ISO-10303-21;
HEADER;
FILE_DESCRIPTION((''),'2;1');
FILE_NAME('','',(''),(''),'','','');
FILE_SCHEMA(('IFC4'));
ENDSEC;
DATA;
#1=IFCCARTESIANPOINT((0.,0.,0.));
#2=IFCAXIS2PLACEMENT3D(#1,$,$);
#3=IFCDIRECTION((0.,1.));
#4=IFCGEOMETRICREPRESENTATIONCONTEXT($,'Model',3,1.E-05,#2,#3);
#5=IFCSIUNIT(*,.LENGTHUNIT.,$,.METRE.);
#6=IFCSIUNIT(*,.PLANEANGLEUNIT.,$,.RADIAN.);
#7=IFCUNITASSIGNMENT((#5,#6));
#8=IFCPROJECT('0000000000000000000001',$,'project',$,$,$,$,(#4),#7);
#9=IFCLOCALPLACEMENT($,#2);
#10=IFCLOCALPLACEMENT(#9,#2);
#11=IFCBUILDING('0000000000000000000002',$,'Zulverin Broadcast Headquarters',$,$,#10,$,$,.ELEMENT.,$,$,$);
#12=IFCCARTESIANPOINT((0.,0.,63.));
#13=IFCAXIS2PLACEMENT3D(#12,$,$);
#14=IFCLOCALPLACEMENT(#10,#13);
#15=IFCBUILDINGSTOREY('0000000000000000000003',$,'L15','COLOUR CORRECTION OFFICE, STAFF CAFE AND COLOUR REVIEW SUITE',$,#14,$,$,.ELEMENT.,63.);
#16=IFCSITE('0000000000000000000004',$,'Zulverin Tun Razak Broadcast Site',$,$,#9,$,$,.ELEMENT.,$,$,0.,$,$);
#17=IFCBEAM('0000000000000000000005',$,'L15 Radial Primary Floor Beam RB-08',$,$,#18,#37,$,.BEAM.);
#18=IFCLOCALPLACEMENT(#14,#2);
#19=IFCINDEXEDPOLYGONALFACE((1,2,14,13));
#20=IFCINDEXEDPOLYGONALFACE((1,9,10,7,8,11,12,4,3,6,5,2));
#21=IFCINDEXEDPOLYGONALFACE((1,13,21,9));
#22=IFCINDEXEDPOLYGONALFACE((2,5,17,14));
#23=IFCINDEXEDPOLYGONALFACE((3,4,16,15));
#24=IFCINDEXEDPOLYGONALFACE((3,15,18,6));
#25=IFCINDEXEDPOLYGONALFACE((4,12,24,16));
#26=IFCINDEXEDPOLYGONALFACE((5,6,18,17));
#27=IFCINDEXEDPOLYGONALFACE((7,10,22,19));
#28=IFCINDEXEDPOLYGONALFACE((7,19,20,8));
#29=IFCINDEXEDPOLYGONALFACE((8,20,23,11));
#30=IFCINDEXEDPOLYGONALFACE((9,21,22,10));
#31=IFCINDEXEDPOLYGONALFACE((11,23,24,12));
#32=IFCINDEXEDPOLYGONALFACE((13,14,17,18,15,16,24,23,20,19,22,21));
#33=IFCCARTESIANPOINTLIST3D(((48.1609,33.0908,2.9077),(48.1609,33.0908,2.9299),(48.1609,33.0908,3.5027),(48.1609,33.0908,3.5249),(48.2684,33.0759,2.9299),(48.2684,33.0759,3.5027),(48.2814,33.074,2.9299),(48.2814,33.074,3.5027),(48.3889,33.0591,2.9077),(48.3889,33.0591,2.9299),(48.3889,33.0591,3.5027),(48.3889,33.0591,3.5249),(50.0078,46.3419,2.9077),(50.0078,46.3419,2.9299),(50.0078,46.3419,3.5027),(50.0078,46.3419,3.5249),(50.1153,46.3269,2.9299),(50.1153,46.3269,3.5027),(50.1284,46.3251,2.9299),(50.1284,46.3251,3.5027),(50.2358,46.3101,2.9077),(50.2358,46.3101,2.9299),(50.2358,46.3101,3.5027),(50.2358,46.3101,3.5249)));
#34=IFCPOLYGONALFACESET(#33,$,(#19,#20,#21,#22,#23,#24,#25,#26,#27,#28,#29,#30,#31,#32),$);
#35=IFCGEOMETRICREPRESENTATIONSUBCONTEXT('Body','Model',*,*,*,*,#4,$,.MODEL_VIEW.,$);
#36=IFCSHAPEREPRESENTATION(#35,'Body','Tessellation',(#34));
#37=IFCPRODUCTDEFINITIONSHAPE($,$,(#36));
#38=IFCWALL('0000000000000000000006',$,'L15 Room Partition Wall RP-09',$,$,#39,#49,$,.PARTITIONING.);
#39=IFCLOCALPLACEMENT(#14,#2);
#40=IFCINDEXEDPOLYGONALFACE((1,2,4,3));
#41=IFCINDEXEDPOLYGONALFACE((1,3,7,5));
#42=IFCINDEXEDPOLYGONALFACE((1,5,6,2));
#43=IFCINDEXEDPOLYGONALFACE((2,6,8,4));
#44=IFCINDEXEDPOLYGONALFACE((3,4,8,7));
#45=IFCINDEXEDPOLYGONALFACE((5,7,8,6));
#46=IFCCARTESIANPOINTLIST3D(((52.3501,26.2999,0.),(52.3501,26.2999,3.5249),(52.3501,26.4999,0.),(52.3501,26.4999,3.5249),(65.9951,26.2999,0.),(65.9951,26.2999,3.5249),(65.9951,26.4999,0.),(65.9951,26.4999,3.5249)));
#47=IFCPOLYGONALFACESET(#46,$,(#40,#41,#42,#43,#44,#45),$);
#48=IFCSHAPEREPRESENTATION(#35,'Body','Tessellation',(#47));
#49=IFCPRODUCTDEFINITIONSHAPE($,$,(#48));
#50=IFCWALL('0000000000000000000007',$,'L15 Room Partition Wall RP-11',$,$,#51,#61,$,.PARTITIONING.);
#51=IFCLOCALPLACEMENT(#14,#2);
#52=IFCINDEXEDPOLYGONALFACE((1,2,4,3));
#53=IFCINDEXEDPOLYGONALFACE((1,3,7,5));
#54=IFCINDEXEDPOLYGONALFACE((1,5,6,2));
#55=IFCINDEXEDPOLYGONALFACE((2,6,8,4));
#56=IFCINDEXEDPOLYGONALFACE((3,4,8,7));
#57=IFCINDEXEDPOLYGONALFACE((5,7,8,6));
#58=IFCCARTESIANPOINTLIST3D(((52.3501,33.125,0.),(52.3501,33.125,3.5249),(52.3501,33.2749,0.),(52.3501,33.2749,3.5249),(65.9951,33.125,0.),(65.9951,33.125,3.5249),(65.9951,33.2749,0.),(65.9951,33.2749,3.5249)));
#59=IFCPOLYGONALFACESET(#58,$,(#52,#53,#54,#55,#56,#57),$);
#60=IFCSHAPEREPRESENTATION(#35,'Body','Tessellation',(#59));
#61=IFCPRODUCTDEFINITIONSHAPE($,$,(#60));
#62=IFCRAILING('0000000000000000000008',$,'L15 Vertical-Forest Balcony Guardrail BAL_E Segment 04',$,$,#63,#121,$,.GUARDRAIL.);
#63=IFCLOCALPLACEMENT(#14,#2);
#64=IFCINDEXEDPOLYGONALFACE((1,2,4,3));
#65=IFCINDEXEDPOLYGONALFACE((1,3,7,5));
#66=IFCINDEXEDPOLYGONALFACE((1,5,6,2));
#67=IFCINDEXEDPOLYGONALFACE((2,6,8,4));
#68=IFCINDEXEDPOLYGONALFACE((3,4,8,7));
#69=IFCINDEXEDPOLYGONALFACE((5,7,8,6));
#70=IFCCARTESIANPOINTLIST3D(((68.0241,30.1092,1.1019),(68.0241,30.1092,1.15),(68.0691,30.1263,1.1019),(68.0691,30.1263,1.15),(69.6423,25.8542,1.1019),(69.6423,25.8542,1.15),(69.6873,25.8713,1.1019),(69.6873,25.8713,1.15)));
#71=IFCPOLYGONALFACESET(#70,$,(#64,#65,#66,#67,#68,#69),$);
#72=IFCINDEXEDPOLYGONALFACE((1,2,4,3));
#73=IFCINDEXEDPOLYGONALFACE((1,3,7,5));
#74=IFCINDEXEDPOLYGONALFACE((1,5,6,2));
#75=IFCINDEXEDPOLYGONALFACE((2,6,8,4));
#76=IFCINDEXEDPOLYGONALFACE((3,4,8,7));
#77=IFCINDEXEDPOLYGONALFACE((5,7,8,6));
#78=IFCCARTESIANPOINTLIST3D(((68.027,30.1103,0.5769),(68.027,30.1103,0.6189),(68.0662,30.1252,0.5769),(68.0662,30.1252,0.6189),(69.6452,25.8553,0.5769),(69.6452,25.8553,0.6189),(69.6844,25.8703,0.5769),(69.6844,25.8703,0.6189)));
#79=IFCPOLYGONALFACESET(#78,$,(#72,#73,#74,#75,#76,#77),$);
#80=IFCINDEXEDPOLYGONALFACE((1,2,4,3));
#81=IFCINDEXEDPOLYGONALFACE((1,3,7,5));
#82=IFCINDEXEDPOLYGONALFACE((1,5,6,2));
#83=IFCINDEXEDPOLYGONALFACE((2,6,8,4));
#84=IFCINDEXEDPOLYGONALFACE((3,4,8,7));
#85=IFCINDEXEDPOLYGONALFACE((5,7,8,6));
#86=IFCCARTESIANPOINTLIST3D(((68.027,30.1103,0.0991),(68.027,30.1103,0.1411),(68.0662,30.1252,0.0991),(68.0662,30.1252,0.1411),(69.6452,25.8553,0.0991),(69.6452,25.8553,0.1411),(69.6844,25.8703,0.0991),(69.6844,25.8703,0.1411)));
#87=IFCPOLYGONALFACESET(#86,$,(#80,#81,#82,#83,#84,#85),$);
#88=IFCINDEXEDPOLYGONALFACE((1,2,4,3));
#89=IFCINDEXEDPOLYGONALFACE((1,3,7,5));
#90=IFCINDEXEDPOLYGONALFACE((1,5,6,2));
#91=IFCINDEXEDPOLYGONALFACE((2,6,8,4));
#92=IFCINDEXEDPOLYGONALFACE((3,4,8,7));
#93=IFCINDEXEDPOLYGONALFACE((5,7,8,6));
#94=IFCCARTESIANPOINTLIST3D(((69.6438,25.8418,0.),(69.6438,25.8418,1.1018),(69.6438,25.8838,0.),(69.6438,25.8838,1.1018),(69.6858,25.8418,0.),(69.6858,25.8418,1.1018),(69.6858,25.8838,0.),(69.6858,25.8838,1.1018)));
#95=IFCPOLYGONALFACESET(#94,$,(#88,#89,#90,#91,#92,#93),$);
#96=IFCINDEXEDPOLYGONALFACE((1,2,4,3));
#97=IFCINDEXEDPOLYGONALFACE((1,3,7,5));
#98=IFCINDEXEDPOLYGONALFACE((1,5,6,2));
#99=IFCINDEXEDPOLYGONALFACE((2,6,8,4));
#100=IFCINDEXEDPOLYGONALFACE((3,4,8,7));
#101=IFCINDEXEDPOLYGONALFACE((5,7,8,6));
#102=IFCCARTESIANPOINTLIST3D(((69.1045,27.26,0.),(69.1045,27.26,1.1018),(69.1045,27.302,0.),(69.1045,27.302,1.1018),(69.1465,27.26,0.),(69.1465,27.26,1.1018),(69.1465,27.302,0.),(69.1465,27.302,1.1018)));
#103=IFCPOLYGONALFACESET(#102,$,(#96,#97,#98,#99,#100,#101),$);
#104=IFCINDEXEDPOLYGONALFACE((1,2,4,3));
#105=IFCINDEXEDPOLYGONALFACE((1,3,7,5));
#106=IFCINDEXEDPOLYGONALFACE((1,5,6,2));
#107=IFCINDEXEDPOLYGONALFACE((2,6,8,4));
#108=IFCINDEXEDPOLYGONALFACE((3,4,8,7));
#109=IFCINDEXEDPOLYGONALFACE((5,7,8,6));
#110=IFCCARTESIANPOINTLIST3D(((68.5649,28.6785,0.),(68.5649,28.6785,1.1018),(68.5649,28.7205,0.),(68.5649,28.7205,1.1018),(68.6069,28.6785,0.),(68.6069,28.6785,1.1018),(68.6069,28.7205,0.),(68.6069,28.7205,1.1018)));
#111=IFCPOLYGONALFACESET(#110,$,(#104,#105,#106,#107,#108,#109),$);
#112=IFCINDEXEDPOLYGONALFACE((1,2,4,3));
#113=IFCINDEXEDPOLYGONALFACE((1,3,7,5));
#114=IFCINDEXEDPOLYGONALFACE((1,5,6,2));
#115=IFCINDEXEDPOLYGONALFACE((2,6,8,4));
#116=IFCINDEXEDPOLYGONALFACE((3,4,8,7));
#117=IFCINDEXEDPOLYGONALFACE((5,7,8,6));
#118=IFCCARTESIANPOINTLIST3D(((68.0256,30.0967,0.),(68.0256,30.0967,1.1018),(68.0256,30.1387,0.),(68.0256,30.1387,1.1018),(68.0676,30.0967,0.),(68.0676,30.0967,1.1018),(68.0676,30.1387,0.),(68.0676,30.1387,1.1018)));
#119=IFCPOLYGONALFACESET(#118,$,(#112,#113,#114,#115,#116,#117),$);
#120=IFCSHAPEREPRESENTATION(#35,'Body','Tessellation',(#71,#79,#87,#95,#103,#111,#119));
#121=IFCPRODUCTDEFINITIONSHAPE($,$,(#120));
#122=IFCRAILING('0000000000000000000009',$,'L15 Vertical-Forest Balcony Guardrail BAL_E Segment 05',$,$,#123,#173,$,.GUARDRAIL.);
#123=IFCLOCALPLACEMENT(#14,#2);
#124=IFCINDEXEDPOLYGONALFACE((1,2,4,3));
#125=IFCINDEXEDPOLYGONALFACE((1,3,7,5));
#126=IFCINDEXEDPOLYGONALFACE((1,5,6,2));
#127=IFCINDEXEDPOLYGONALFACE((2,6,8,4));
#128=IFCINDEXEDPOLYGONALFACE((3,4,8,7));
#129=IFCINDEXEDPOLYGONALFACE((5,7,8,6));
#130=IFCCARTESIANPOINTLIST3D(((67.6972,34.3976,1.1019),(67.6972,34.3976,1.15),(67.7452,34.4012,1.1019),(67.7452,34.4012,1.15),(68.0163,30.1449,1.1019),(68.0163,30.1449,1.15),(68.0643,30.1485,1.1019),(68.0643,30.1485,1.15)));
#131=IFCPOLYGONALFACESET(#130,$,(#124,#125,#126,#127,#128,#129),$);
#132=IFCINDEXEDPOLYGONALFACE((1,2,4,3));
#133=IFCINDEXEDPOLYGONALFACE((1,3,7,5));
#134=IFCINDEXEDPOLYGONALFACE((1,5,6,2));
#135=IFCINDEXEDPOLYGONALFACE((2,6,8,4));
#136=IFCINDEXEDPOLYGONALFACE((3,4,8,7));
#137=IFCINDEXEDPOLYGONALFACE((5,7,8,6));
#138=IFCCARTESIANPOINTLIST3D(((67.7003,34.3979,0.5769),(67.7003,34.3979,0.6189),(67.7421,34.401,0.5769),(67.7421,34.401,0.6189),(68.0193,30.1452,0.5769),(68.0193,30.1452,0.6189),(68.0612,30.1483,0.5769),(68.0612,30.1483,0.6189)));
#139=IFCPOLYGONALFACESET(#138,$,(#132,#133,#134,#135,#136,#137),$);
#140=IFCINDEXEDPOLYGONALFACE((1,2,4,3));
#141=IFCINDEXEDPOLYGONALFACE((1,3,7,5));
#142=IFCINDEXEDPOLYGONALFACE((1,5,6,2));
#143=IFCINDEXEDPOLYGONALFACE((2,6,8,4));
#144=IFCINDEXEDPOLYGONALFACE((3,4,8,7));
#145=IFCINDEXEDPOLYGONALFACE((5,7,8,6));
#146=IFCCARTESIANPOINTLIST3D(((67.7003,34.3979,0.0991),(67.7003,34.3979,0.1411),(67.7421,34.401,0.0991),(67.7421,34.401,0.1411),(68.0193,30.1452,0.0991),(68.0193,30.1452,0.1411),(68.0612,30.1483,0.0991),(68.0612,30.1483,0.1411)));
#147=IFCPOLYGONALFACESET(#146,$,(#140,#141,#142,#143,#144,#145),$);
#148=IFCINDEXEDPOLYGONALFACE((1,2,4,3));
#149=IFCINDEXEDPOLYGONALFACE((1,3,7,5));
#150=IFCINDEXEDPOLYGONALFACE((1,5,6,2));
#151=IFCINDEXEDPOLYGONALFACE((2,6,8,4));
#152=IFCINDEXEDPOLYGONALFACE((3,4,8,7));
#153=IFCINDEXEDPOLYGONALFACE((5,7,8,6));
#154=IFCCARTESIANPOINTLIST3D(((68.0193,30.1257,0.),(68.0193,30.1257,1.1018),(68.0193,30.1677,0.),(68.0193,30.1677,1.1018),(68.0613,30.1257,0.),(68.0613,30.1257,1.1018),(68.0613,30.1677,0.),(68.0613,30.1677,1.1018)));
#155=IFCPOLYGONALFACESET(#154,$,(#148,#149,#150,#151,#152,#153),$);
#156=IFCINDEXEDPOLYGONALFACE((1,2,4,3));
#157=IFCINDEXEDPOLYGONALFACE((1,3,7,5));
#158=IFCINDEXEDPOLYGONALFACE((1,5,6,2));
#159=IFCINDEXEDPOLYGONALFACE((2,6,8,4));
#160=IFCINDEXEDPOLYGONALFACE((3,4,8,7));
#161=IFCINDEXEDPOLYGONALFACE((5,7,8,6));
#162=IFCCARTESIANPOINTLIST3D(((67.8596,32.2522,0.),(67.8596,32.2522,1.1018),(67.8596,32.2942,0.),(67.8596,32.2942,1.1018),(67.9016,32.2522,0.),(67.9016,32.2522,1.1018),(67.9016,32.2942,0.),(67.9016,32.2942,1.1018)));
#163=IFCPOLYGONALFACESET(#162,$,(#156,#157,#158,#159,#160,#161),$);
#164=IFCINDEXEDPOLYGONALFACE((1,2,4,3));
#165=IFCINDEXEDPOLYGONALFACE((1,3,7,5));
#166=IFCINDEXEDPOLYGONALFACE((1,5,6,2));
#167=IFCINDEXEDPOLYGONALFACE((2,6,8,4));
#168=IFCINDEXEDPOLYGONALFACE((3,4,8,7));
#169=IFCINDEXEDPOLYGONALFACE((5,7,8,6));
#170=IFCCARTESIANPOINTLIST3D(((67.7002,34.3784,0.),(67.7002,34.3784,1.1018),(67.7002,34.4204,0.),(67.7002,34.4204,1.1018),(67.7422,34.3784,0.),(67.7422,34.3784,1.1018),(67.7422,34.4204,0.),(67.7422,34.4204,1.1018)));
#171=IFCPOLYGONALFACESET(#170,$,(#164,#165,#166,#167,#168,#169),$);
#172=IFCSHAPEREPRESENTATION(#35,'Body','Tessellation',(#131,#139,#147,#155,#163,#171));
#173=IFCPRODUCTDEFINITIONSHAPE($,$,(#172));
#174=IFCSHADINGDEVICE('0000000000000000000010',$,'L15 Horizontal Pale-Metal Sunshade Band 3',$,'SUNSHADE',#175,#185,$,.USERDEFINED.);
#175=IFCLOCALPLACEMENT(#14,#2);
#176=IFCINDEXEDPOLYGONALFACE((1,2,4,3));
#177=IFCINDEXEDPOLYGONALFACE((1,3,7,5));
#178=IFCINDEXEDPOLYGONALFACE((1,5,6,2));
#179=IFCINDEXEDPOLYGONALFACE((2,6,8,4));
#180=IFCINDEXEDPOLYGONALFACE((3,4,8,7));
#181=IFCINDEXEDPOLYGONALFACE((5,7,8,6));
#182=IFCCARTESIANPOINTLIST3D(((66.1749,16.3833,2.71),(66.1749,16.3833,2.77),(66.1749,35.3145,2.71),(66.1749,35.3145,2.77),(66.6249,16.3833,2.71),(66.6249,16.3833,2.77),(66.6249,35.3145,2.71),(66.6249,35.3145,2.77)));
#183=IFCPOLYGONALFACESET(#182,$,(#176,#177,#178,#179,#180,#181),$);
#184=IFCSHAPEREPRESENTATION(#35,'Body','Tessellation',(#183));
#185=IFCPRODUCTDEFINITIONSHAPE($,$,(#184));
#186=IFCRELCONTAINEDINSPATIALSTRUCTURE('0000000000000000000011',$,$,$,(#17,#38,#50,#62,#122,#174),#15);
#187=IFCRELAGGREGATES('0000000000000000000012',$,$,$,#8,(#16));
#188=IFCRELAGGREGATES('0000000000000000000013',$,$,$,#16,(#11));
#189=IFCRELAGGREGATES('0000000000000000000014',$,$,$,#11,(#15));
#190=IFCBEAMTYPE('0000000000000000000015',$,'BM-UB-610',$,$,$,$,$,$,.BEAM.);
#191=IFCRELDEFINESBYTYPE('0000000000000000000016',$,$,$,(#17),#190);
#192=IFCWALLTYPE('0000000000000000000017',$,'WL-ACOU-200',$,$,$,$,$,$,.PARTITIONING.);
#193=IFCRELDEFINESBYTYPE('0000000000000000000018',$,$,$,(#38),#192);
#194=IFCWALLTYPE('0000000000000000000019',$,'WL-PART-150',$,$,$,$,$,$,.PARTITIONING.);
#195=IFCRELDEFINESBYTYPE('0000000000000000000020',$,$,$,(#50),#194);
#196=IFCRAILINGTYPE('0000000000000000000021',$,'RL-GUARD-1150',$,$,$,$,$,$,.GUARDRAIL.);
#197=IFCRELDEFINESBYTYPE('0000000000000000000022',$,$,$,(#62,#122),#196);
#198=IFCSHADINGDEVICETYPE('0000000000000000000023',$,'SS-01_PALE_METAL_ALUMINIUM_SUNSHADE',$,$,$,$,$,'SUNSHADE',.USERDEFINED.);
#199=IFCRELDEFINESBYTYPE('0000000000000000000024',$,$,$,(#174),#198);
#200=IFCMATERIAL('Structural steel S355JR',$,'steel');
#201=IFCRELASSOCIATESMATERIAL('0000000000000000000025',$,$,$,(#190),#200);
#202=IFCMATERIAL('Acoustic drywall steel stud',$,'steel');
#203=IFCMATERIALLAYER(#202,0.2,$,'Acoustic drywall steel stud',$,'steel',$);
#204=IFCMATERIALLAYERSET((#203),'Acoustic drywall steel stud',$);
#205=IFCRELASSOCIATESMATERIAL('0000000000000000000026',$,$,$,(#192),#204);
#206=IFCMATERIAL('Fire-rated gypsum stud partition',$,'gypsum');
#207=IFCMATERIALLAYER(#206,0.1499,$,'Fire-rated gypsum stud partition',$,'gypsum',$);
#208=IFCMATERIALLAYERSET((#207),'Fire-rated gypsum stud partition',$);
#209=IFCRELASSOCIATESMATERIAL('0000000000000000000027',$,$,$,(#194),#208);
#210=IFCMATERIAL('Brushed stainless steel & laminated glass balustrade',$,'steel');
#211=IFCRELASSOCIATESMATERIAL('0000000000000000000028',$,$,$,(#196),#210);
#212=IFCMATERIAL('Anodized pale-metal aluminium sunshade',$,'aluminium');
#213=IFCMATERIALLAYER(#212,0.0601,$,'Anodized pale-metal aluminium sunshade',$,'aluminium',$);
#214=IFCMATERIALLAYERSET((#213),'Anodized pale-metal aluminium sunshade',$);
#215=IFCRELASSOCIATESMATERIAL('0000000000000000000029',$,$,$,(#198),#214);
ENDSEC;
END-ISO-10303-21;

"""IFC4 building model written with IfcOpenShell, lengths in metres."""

from ifc_helpers import new_model, si_unit, direction, frame, frame_2d, origin, origin_2d, place, context, subcontext, project, spatial, rectangle, i_section, extrude, material, layer, layer_set, material_profile, profile_set, type_object, element, save


model = new_model("IFC4")

# Units and contexts
model_context = context("Model", 3, precision=1e-05, world=origin(), true_north=direction((0.0, 1.0)))
body_context = subcontext(model_context, "Body", "Model", "MODEL_VIEW")
ifc_project = project(units=[si_unit("LENGTHUNIT", "METRE"), si_unit("PLANEANGLEUNIT", "RADIAN")], contexts=[model_context])

# Site, building, storey
site_placement = place(None, origin())
site = spatial("IfcSite", under=ifc_project, at=site_placement, Name="Zulverin Tun Razak Broadcast Site", CompositionType="ELEMENT", RefElevation=0.0)
building_placement = place(site_placement, origin())
building = spatial("IfcBuilding", under=site, at=building_placement, Name="Zulverin Broadcast Headquarters", CompositionType="ELEMENT")
storey_placement = place(building_placement, frame((0.0, 0.0, 63.0)))
storey = spatial("IfcBuildingStorey", under=building, at=storey_placement, Name="L15", Description="COLOUR CORRECTION OFFICE, STAFF CAFE AND COLOUR REVIEW SUITE", CompositionType="ELEMENT", Elevation=63.0)

# Beam
ifc_material_1 = material(Name="Structural steel S355JR", Category="steel")
ifc_material_profile_1 = material_profile(ifc_material_1, i_section(OverallWidth=0.2302, OverallDepth=0.6172, WebThickness=0.0132, FlangeThickness=0.0222, at=origin_2d()), Name="Structural steel S355JR", Category="steel")
ifc_profile_set_1 = profile_set([ifc_material_profile_1], Name="Structural steel S355JR")
beam_type_1 = type_object("IfcBeamType", Name="BM-UB-610", PredefinedType="BEAM", material=ifc_profile_set_1)
beam_1_placement = place(storey_placement, frame((48.2749, 33.075, 3.2163), z_axis=(0.138046, 0.990426, 0.0), x_axis=(-0.990426, 0.138046, 0.0)))
element("IfcBeam", 1, at=beam_1_placement, inside=storey, type_object=beam_type_1, Name="L15 Radial Primary Floor Beam RB-08", PredefinedType="BEAM", context=body_context, shape_type="SweptSolid", body=[
    extrude(i_section(OverallWidth=0.2302, OverallDepth=0.6172, WebThickness=0.0132, FlangeThickness=0.0222, at=origin_2d()), origin(), (0.0, 0.0, 1.0), 13.3792),
])

# Walls
ifc_material_2 = material(Name="Acoustic drywall steel stud", Category="steel")
ifc_layer_1 = layer(ifc_material_2, 0.2, Name="Acoustic drywall steel stud", Category="steel")
ifc_layer_set_1 = layer_set([ifc_layer_1], Name="Acoustic drywall steel stud")
wall_type_1 = type_object("IfcWallType", Name="WL-ACOU-200", PredefinedType="PARTITIONING", material=ifc_layer_set_1)
wall_1_placement = place(storey_placement, frame((52.3501, 26.3999, 0.0), z_axis=(0.0, 0.0, 1.0), x_axis=(1.0, 0.0, 0.0)))
element("IfcWall", 2, at=wall_1_placement, inside=storey, type_object=wall_type_1, Name="L15 Room Partition Wall RP-09", PredefinedType="PARTITIONING", context=body_context, shape_type="SweptSolid", body=[
    extrude(rectangle(XDim=13.645, YDim=0.2, at=frame_2d((6.8225, 0.0))), origin(), (0.0, 0.0, 1.0), 3.5249),
])
ifc_material_3 = material(Name="Fire-rated gypsum stud partition", Category="gypsum")
ifc_layer_2 = layer(ifc_material_3, 0.1499, Name="Fire-rated gypsum stud partition", Category="gypsum")
ifc_layer_set_2 = layer_set([ifc_layer_2], Name="Fire-rated gypsum stud partition")
wall_type_2 = type_object("IfcWallType", Name="WL-PART-150", PredefinedType="PARTITIONING", material=ifc_layer_set_2)
wall_2_placement = place(storey_placement, frame((52.3501, 33.2, 0.0), z_axis=(0.0, 0.0, 1.0), x_axis=(1.0, 0.0, 0.0)))
element("IfcWall", 3, at=wall_2_placement, inside=storey, type_object=wall_type_2, Name="L15 Room Partition Wall RP-11", PredefinedType="PARTITIONING", context=body_context, shape_type="SweptSolid", body=[
    extrude(rectangle(XDim=13.645, YDim=0.1499, at=frame_2d((6.8225, 0.0))), origin(), (0.0, 0.0, 1.0), 3.5249),
])

# Railings
ifc_material_4 = material(Name="Brushed stainless steel & laminated glass balustrade", Category="steel")
railing_type = type_object("IfcRailingType", Name="RL-GUARD-1150", PredefinedType="GUARDRAIL", material=ifc_material_4)
railing_1_placement = place(storey_placement, frame((69.6648, 25.8628, 0.0)))
element("IfcRailing", 4, at=railing_1_placement, inside=storey, type_object=railing_type, Name="L15 Vertical-Forest Balcony Guardrail BAL_E Segment 04", PredefinedType="GUARDRAIL", context=body_context, shape_type="SweptSolid", body=[
    extrude(rectangle(XDim=0.0481, YDim=0.0481, at=origin_2d()), frame((0.0, 0.0, 1.126), z_axis=(-0.355469, 0.934688, 0.0), x_axis=(-0.934688, -0.355469, 0.0)), (0.0, 0.0, 1.0), 4.5522),
    extrude(rectangle(XDim=0.042, YDim=0.042, at=origin_2d()), frame((0.0, 0.0, 0.5979), z_axis=(-0.355469, 0.934688, 0.0), x_axis=(-0.934688, -0.355469, 0.0)), (0.0, 0.0, 1.0), 4.5522),
    extrude(rectangle(XDim=0.042, YDim=0.042, at=origin_2d()), frame((0.0, 0.0, 0.1201), z_axis=(-0.355469, 0.934688, 0.0), x_axis=(-0.934688, -0.355469, 0.0)), (0.0, 0.0, 1.0), 4.5522),
    extrude(rectangle(XDim=0.042, YDim=0.042, at=origin_2d()), origin(), (0.0, 0.0, 1.0), 1.1018),
    extrude(rectangle(XDim=0.042, YDim=0.042, at=origin_2d()), frame((-0.5393, 1.4182, 0.0)), (0.0, 0.0, 1.0), 1.1018),
    extrude(rectangle(XDim=0.042, YDim=0.042, at=origin_2d()), frame((-1.0789, 2.8367, 0.0)), (0.0, 0.0, 1.0), 1.1018),
    extrude(rectangle(XDim=0.042, YDim=0.042, at=origin_2d()), frame((-1.6182, 4.2549, 0.0)), (0.0, 0.0, 1.0), 1.1018),
])
railing_2_placement = place(storey_placement, frame((68.0403, 30.1467, 0.0)))
element("IfcRailing", 5, at=railing_2_placement, inside=storey, type_object=railing_type, Name="L15 Vertical-Forest Balcony Guardrail BAL_E Segment 05", PredefinedType="GUARDRAIL", context=body_context, shape_type="SweptSolid", body=[
    extrude(rectangle(XDim=0.0481, YDim=0.0481, at=origin_2d()), frame((0.0, 0.0, 1.126), z_axis=(-0.074823, 0.997197, 0.0), x_axis=(-0.997197, -0.074823, 0.0)), (0.0, 0.0, 1.0), 4.2646),
    extrude(rectangle(XDim=0.042, YDim=0.042, at=origin_2d()), frame((0.0, 0.0, 0.5979), z_axis=(-0.074823, 0.997197, 0.0), x_axis=(-0.997197, -0.074823, 0.0)), (0.0, 0.0, 1.0), 4.2646),
    extrude(rectangle(XDim=0.042, YDim=0.042, at=origin_2d()), frame((0.0, 0.0, 0.1201), z_axis=(-0.074823, 0.997197, 0.0), x_axis=(-0.997197, -0.074823, 0.0)), (0.0, 0.0, 1.0), 4.2646),
    extrude(rectangle(XDim=0.042, YDim=0.042, at=origin_2d()), origin(), (0.0, 0.0, 1.0), 1.1018),
    extrude(rectangle(XDim=0.042, YDim=0.042, at=origin_2d()), frame((-0.1597, 2.1265, 0.0)), (0.0, 0.0, 1.0), 1.1018),
    extrude(rectangle(XDim=0.042, YDim=0.042, at=origin_2d()), frame((-0.3191, 4.2527, 0.0)), (0.0, 0.0, 1.0), 1.1018),
])

# Shading device
ifc_material_5 = material(Name="Anodized pale-metal aluminium sunshade", Category="aluminium")
ifc_layer_3 = layer(ifc_material_5, 0.0601, Name="Anodized pale-metal aluminium sunshade", Category="aluminium")
ifc_layer_set_3 = layer_set([ifc_layer_3], Name="Anodized pale-metal aluminium sunshade")
shading_device_type = type_object("IfcShadingDeviceType", Name="SS-01_PALE_METAL_ALUMINIUM_SUNSHADE", ElementType="SUNSHADE", PredefinedType="USERDEFINED", material=ifc_layer_set_3)
shading_device_placement = place(storey_placement, frame((66.3999, 25.8489, 2.71), z_axis=(0.0, 0.0, 1.0), x_axis=(0.0, 1.0, 0.0)))
element("IfcShadingDevice", 6, at=shading_device_placement, inside=storey, type_object=shading_device_type, Name="L15 Horizontal Pale-Metal Sunshade Band 3", ObjectType="SUNSHADE", PredefinedType="USERDEFINED", context=body_context, shape_type="SweptSolid", body=[
    extrude(rectangle(XDim=18.9312, YDim=0.45, at=origin_2d()), origin(), (0.0, 0.0, 1.0), 0.0601),
])

save(model, "model.ifc")
